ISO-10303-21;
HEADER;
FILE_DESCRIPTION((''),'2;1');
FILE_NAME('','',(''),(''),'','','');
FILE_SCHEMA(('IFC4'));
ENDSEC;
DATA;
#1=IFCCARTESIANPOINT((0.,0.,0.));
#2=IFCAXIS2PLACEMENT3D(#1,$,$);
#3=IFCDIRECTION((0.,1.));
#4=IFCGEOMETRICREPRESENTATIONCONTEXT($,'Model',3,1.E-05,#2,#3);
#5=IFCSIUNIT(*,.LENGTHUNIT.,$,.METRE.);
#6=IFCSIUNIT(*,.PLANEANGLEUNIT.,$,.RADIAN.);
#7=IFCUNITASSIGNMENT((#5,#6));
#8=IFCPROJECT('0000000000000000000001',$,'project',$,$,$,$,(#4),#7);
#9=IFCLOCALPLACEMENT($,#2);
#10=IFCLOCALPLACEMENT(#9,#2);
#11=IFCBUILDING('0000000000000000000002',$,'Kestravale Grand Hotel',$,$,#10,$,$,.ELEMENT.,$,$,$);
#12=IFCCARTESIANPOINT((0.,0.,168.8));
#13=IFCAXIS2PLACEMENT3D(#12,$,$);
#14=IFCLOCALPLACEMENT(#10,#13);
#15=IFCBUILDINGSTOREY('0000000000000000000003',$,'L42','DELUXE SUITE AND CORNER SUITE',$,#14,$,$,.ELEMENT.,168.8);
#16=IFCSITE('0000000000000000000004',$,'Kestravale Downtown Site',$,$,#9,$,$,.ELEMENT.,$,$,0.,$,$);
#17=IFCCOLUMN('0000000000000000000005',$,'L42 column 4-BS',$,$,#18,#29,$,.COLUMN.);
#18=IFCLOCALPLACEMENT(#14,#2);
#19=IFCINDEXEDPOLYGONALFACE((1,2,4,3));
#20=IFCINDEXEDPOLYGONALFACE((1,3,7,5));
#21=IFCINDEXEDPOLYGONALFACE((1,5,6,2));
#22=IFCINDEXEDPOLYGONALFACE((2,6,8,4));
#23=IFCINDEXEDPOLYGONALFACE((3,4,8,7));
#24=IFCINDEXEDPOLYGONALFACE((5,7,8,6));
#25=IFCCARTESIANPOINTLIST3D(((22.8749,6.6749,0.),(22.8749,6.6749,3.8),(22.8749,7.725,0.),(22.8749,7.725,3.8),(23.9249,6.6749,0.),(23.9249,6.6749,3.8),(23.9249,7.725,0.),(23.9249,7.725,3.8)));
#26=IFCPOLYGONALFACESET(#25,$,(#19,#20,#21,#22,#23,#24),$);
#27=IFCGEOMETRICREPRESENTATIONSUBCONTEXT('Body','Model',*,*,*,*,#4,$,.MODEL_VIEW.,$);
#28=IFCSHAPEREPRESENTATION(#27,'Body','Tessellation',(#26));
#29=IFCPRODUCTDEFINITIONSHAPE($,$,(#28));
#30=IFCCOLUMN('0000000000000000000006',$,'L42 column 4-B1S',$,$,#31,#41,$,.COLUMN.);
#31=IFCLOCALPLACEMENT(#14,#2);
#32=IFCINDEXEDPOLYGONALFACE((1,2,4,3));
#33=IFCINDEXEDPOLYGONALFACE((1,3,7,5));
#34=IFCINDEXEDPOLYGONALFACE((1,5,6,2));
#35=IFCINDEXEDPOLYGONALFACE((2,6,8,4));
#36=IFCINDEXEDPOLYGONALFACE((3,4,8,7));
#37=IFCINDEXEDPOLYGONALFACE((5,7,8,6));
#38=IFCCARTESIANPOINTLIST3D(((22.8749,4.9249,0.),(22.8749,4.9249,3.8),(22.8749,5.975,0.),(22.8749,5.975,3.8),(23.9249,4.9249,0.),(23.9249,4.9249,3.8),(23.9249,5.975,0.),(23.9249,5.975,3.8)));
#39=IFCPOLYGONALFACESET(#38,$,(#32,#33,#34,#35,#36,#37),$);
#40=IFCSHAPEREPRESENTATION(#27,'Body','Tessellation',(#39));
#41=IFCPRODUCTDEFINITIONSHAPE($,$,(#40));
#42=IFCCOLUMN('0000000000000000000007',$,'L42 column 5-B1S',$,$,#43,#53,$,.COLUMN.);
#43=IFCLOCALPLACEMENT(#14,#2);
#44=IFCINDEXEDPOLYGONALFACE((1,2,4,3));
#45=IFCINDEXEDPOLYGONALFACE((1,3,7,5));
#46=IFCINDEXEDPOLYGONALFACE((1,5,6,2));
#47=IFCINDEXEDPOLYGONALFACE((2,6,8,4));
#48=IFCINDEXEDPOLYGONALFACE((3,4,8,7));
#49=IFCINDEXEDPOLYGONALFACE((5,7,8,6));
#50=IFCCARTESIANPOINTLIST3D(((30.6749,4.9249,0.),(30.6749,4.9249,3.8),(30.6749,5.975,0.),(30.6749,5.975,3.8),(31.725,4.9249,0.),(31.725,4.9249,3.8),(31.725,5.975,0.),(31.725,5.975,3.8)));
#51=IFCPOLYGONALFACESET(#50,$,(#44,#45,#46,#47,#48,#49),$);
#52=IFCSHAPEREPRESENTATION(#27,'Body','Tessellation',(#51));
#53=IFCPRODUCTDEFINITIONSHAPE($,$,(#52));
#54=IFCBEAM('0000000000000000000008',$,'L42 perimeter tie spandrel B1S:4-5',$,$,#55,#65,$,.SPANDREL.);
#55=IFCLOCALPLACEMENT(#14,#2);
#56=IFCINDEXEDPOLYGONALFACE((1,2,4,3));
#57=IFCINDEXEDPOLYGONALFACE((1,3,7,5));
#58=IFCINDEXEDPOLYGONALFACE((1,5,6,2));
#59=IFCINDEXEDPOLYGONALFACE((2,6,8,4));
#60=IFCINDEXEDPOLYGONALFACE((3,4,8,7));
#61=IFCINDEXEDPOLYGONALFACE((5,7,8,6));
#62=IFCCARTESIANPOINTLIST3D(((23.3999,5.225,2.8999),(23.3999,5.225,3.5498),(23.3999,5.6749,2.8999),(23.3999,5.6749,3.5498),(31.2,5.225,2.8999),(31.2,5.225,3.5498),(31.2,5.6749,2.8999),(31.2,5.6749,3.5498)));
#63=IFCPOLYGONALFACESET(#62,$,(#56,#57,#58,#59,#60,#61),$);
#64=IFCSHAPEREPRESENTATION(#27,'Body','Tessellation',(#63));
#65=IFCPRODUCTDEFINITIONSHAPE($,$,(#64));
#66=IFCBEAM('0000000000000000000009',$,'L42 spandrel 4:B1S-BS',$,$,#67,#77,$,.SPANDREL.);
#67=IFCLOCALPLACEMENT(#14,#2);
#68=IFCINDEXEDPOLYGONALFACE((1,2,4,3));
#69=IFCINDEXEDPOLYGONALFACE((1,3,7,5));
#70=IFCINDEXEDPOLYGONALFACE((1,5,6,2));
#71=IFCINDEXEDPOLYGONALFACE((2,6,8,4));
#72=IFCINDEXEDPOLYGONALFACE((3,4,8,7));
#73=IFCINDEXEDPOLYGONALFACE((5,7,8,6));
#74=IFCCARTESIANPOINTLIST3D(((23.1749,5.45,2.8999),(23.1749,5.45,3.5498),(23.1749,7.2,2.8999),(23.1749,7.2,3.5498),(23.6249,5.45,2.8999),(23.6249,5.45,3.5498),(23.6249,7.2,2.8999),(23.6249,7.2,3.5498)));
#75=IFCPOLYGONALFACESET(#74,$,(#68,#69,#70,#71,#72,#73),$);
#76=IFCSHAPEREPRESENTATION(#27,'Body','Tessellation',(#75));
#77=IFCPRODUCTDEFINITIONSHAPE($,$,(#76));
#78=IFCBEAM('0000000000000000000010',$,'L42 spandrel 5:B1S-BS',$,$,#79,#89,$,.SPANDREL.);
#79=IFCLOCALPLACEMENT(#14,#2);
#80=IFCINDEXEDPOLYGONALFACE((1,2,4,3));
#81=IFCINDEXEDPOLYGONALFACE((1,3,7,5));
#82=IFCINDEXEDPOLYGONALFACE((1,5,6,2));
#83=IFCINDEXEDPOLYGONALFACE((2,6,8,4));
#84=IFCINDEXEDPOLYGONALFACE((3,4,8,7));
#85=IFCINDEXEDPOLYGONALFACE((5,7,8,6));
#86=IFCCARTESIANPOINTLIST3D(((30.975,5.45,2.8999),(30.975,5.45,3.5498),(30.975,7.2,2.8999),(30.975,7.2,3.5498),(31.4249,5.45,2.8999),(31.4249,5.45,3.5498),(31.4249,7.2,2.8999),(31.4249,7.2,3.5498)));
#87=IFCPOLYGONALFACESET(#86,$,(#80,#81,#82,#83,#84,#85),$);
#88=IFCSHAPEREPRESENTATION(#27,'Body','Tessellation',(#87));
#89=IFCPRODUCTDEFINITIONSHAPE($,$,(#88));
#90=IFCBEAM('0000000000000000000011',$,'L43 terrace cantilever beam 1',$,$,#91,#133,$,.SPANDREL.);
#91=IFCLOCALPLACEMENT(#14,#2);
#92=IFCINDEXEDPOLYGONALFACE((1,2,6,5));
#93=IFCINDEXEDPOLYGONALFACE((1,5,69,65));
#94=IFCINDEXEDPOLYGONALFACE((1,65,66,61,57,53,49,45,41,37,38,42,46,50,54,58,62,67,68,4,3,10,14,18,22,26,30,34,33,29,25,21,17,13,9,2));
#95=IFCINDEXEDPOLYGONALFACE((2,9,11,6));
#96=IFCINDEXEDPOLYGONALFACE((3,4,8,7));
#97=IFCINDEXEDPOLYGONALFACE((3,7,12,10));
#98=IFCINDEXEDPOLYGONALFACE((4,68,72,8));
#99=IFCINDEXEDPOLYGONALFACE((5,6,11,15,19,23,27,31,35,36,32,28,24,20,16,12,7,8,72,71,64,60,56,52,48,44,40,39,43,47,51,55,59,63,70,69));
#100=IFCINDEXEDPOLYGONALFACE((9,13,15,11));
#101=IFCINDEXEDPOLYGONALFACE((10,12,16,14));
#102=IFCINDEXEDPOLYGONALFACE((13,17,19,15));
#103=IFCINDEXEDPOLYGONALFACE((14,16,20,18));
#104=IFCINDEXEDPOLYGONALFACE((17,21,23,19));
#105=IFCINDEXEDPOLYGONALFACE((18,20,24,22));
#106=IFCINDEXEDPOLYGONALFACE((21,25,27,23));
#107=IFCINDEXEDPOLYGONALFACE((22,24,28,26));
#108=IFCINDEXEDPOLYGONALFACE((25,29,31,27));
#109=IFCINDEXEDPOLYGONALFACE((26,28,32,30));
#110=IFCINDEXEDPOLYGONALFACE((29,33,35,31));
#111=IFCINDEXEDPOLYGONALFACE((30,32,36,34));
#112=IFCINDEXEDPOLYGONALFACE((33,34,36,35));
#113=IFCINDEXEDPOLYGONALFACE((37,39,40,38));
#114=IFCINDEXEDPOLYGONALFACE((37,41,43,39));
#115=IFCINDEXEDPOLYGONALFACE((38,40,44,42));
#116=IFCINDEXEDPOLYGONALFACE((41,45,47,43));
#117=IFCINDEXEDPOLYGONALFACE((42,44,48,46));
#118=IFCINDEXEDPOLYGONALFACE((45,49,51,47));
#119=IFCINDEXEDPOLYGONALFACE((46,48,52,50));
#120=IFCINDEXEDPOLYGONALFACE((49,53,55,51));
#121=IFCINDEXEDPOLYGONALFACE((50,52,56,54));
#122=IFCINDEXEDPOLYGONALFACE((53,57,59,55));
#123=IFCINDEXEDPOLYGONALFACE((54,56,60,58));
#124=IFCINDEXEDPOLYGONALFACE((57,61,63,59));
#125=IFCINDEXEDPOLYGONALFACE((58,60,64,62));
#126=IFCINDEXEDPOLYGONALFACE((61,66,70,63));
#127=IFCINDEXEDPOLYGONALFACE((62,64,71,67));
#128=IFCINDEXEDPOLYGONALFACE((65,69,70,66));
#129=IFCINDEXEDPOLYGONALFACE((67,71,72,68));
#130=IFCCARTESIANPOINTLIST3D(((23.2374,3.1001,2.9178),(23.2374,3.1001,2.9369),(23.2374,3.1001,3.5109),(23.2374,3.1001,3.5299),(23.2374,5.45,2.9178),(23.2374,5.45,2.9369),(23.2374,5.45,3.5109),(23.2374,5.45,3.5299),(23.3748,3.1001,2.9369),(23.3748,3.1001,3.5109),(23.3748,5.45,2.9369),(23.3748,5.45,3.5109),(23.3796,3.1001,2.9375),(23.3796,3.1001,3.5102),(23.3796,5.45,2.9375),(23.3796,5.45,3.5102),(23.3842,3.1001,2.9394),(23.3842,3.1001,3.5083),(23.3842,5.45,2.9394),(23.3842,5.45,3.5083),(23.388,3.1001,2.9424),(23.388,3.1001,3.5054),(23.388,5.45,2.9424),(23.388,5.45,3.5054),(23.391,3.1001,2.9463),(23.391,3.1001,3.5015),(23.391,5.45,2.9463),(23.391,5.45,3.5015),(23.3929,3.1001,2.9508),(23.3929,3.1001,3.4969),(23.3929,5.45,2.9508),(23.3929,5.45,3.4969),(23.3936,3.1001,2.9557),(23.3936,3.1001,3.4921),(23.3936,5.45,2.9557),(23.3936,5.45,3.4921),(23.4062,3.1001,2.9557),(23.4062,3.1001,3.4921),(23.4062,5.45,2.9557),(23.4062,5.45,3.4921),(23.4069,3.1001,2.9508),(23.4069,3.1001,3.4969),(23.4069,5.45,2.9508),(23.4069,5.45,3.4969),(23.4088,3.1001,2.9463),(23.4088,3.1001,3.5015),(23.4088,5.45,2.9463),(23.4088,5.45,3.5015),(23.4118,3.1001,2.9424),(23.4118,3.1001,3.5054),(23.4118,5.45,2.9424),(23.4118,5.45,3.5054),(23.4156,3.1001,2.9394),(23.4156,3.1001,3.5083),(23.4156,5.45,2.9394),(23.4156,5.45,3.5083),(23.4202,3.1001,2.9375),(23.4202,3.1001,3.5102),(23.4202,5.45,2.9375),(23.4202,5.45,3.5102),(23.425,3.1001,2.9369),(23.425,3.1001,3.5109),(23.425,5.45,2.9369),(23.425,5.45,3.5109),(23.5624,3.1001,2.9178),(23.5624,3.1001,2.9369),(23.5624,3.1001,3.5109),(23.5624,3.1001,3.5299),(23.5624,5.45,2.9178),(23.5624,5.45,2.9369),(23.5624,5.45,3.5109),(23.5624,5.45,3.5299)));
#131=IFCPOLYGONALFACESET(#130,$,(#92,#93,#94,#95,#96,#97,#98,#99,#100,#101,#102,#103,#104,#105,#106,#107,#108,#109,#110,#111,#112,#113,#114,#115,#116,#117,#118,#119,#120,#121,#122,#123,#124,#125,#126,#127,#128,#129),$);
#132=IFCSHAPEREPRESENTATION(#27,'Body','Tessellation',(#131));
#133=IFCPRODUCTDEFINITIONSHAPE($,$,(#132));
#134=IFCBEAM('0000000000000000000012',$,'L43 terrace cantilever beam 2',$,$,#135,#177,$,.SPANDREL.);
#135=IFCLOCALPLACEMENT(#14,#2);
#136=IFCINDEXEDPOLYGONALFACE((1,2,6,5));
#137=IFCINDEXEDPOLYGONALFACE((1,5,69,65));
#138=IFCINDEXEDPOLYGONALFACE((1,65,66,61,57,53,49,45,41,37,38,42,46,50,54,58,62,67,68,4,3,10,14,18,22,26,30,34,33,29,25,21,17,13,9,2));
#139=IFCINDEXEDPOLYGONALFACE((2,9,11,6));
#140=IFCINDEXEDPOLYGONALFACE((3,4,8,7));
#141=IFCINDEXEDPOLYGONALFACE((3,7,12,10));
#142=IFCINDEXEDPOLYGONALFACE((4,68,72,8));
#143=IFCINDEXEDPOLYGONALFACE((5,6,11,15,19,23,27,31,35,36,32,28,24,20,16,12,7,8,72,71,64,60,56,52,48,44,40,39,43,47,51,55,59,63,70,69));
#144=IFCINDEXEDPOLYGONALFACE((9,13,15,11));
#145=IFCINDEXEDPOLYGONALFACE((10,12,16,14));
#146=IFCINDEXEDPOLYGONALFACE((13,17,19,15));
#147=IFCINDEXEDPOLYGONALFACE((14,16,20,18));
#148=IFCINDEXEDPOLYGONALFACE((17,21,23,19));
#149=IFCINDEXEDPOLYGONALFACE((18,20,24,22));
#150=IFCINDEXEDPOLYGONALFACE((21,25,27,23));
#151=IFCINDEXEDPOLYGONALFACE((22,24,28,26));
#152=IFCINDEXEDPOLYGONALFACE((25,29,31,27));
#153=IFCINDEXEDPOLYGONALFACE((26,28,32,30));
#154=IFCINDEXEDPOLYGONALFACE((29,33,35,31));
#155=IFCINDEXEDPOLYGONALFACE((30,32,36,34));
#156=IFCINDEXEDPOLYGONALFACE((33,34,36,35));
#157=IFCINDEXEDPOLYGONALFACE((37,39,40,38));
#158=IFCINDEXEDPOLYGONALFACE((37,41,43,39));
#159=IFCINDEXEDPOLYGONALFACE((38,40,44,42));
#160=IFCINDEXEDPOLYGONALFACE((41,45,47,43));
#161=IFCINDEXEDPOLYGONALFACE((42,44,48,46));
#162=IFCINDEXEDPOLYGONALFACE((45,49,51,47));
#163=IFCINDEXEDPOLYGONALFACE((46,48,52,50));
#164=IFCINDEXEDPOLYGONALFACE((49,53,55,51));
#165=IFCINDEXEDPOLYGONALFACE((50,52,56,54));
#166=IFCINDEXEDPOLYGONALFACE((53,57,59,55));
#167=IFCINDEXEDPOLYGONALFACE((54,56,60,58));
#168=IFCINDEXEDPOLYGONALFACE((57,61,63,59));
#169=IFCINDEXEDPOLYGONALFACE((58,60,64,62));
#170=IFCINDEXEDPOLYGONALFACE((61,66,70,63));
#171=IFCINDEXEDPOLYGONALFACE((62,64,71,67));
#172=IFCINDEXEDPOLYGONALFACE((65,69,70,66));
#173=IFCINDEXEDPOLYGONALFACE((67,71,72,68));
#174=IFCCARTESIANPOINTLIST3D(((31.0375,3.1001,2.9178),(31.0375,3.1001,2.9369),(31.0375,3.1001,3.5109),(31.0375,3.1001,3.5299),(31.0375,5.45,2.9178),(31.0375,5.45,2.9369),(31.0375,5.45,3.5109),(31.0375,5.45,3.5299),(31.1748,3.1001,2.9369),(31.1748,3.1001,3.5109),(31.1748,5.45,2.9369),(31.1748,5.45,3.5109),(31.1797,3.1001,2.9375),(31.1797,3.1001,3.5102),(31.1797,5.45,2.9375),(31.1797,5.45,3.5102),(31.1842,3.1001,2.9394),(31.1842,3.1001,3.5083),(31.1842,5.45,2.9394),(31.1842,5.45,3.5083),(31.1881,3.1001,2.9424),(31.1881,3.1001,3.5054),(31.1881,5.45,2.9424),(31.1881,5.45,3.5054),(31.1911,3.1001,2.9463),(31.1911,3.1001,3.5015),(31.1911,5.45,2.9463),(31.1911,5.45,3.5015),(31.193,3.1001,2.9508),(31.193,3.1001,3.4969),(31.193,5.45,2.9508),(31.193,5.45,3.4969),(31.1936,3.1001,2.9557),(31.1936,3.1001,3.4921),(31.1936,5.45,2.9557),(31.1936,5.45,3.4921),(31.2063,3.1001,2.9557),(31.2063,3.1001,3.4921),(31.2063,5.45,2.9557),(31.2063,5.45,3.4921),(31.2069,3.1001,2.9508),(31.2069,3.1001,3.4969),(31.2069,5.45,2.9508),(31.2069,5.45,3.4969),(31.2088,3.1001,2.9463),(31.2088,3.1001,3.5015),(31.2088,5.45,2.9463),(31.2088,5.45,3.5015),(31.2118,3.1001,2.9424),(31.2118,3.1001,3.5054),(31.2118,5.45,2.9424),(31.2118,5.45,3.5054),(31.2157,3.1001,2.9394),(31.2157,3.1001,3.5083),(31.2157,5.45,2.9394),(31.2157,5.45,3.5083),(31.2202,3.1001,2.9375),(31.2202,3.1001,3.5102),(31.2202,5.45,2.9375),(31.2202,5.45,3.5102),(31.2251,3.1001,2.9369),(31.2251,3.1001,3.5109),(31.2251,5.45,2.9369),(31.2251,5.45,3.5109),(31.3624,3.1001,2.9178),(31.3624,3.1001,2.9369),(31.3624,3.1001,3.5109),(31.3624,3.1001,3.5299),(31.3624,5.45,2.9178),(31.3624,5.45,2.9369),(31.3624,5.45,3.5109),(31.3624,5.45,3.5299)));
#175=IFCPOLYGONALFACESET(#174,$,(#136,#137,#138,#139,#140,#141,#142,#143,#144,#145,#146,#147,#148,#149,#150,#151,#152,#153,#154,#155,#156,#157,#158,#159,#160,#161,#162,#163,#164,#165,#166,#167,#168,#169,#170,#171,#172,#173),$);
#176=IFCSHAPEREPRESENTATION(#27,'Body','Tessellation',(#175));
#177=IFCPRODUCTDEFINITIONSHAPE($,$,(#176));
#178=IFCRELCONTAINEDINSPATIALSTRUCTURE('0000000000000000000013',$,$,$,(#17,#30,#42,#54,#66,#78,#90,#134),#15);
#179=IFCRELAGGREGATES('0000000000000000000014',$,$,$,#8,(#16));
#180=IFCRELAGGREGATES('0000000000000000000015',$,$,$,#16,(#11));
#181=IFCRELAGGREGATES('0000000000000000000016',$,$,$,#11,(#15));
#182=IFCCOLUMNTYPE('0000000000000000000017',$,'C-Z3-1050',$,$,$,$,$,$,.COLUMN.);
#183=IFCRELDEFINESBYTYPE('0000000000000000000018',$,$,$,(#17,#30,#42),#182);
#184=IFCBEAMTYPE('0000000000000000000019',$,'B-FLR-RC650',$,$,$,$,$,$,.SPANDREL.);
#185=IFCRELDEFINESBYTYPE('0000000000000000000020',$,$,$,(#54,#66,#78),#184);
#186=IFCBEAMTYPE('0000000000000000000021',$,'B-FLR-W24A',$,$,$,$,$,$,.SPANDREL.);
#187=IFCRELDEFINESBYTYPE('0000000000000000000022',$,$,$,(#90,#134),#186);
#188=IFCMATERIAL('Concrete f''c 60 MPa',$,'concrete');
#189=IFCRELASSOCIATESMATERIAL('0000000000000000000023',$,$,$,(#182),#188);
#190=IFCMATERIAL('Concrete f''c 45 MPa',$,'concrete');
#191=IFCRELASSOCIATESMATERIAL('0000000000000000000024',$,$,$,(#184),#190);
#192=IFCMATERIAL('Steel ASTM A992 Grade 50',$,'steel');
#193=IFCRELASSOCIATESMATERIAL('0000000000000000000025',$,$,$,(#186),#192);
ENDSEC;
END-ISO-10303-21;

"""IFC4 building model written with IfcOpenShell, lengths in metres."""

from ifc_helpers import new_model, si_unit, direction, frame, origin, origin_2d, place, context, subcontext, project, spatial, rectangle, i_section, extrude, material, material_profile, profile_set, type_object, element, save


model = new_model("IFC4")

# Units and contexts
model_context = context("Model", 3, precision=1e-05, world=origin(), true_north=direction((0.0, 1.0)))
body_context = subcontext(model_context, "Body", "Model", "MODEL_VIEW")
ifc_project = project(units=[si_unit("LENGTHUNIT", "METRE"), si_unit("PLANEANGLEUNIT", "RADIAN")], contexts=[model_context])

# Site, building, storey
site_placement = place(None, origin())
site = spatial("IfcSite", under=ifc_project, at=site_placement, Name="Kestravale Downtown Site", CompositionType="ELEMENT", RefElevation=0.0)
building_placement = place(site_placement, origin())
building = spatial("IfcBuilding", under=site, at=building_placement, Name="Kestravale Grand Hotel", CompositionType="ELEMENT")
storey_placement = place(building_placement, frame((0.0, 0.0, 168.8)))
storey = spatial("IfcBuildingStorey", under=building, at=storey_placement, Name="L42", Description="DELUXE SUITE AND CORNER SUITE", CompositionType="ELEMENT", Elevation=168.8)

# Columns
ifc_material_1 = material(Name="Concrete f'c 60 MPa", Category="concrete")
ifc_material_profile_1 = material_profile(ifc_material_1, rectangle(XDim=1.05, YDim=1.05, at=origin_2d()))
ifc_profile_set_1 = profile_set([ifc_material_profile_1], Name="Concrete f'c 60 MPa")
column_type = type_object("IfcColumnType", Name="C-Z3-1050", PredefinedType="COLUMN", material=ifc_profile_set_1)
for number, where, z_axis, x_axis, name in (
    (1, (23.3999, 7.2, 0.0), (0.0, 0.0, 1.0), (1.0, 0.0, 0.0), "L42 column 4-BS"),
    (2, (23.3999, 5.45, 0.0), (0.0, 0.0, 1.0), (1.0, 0.0, 0.0), "L42 column 4-B1S"),
    (3, (31.2, 5.45, 0.0), (0.0, 0.0, 1.0), (1.0, 0.0, 0.0), "L42 column 5-B1S"),
):
    element("IfcColumn", number, at=place(storey_placement, frame(where, z_axis=z_axis, x_axis=x_axis)), inside=storey, type_object=column_type, Name=name, PredefinedType="COLUMN", context=body_context, shape_type="SweptSolid", body=[
        extrude(rectangle(XDim=1.05, YDim=1.05, at=origin_2d()), origin(), (0.0, 0.0, 1.0), 3.8),
    ])

# Beams
ifc_material_2 = material(Name="Concrete f'c 45 MPa", Category="concrete")
ifc_material_profile_2 = material_profile(ifc_material_2, rectangle(XDim=0.45, YDim=0.6499, at=origin_2d()))
ifc_profile_set_2 = profile_set([ifc_material_profile_2], Name="Concrete f'c 45 MPa")
beam_type_1 = type_object("IfcBeamType", Name="B-FLR-RC650", PredefinedType="SPANDREL", material=ifc_profile_set_2)
beam_1_placement = place(storey_placement, frame((23.3999, 5.45, 3.2249), z_axis=(1.0, 0.0, 0.0), x_axis=(0.0, 1.0, 0.0)))
element("IfcBeam", 4, at=beam_1_placement, inside=storey, type_object=beam_type_1, Name="L42 perimeter tie spandrel B1S:4-5", PredefinedType="SPANDREL", context=body_context, shape_type="SweptSolid", body=[
    extrude(rectangle(XDim=0.45, YDim=0.6499, at=origin_2d()), origin(), (0.0, 0.0, 1.0), 7.8),
])
for number, where, z_axis, x_axis, name in (
    (5, (23.3999, 5.45, 3.2249), (0.0, 1.0, 0.0), (-1.0, 0.0, 0.0), "L42 spandrel 4:B1S-BS"),
    (6, (31.2, 5.45, 3.2249), (0.0, 1.0, 0.0), (-1.0, 0.0, 0.0), "L42 spandrel 5:B1S-BS"),
):
    element("IfcBeam", number, at=place(storey_placement, frame(where, z_axis=z_axis, x_axis=x_axis)), inside=storey, type_object=beam_type_1, Name=name, PredefinedType="SPANDREL", context=body_context, shape_type="SweptSolid", body=[
        extrude(rectangle(XDim=0.45, YDim=0.6499, at=origin_2d()), origin(), (0.0, 0.0, 1.0), 1.75),
    ])
ifc_material_3 = material(Name="Steel ASTM A992 Grade 50", Category="steel")
ifc_material_profile_3 = material_profile(ifc_material_3, i_section(OverallWidth=0.325, OverallDepth=0.6121, WebThickness=0.0127, FlangeThickness=0.019, FilletRadius=0.0188, at=origin_2d()))
ifc_profile_set_3 = profile_set([ifc_material_profile_3], Name="Steel ASTM A992 Grade 50")
beam_type_2 = type_object("IfcBeamType", Name="B-FLR-W24A", PredefinedType="SPANDREL", material=ifc_profile_set_3)
for number, where, z_axis, x_axis, name in (
    (7, (23.3999, 5.45, 3.2239), (0.0, -1.0, 0.0), (1.0, 0.0, 0.0), "L43 terrace cantilever beam 1"),
    (8, (31.2, 5.45, 3.2239), (0.0, -1.0, 0.0), (1.0, 0.0, 0.0), "L43 terrace cantilever beam 2"),
):
    element("IfcBeam", number, at=place(storey_placement, frame(where, z_axis=z_axis, x_axis=x_axis)), inside=storey, type_object=beam_type_2, Name=name, PredefinedType="SPANDREL", context=body_context, shape_type="SweptSolid", body=[
        extrude(i_section(OverallWidth=0.325, OverallDepth=0.6121, WebThickness=0.0127, FlangeThickness=0.019, FilletRadius=0.0188, at=origin_2d()), origin(), (0.0, 0.0, 1.0), 2.3499),
    ])

save(model, "model.ifc")
